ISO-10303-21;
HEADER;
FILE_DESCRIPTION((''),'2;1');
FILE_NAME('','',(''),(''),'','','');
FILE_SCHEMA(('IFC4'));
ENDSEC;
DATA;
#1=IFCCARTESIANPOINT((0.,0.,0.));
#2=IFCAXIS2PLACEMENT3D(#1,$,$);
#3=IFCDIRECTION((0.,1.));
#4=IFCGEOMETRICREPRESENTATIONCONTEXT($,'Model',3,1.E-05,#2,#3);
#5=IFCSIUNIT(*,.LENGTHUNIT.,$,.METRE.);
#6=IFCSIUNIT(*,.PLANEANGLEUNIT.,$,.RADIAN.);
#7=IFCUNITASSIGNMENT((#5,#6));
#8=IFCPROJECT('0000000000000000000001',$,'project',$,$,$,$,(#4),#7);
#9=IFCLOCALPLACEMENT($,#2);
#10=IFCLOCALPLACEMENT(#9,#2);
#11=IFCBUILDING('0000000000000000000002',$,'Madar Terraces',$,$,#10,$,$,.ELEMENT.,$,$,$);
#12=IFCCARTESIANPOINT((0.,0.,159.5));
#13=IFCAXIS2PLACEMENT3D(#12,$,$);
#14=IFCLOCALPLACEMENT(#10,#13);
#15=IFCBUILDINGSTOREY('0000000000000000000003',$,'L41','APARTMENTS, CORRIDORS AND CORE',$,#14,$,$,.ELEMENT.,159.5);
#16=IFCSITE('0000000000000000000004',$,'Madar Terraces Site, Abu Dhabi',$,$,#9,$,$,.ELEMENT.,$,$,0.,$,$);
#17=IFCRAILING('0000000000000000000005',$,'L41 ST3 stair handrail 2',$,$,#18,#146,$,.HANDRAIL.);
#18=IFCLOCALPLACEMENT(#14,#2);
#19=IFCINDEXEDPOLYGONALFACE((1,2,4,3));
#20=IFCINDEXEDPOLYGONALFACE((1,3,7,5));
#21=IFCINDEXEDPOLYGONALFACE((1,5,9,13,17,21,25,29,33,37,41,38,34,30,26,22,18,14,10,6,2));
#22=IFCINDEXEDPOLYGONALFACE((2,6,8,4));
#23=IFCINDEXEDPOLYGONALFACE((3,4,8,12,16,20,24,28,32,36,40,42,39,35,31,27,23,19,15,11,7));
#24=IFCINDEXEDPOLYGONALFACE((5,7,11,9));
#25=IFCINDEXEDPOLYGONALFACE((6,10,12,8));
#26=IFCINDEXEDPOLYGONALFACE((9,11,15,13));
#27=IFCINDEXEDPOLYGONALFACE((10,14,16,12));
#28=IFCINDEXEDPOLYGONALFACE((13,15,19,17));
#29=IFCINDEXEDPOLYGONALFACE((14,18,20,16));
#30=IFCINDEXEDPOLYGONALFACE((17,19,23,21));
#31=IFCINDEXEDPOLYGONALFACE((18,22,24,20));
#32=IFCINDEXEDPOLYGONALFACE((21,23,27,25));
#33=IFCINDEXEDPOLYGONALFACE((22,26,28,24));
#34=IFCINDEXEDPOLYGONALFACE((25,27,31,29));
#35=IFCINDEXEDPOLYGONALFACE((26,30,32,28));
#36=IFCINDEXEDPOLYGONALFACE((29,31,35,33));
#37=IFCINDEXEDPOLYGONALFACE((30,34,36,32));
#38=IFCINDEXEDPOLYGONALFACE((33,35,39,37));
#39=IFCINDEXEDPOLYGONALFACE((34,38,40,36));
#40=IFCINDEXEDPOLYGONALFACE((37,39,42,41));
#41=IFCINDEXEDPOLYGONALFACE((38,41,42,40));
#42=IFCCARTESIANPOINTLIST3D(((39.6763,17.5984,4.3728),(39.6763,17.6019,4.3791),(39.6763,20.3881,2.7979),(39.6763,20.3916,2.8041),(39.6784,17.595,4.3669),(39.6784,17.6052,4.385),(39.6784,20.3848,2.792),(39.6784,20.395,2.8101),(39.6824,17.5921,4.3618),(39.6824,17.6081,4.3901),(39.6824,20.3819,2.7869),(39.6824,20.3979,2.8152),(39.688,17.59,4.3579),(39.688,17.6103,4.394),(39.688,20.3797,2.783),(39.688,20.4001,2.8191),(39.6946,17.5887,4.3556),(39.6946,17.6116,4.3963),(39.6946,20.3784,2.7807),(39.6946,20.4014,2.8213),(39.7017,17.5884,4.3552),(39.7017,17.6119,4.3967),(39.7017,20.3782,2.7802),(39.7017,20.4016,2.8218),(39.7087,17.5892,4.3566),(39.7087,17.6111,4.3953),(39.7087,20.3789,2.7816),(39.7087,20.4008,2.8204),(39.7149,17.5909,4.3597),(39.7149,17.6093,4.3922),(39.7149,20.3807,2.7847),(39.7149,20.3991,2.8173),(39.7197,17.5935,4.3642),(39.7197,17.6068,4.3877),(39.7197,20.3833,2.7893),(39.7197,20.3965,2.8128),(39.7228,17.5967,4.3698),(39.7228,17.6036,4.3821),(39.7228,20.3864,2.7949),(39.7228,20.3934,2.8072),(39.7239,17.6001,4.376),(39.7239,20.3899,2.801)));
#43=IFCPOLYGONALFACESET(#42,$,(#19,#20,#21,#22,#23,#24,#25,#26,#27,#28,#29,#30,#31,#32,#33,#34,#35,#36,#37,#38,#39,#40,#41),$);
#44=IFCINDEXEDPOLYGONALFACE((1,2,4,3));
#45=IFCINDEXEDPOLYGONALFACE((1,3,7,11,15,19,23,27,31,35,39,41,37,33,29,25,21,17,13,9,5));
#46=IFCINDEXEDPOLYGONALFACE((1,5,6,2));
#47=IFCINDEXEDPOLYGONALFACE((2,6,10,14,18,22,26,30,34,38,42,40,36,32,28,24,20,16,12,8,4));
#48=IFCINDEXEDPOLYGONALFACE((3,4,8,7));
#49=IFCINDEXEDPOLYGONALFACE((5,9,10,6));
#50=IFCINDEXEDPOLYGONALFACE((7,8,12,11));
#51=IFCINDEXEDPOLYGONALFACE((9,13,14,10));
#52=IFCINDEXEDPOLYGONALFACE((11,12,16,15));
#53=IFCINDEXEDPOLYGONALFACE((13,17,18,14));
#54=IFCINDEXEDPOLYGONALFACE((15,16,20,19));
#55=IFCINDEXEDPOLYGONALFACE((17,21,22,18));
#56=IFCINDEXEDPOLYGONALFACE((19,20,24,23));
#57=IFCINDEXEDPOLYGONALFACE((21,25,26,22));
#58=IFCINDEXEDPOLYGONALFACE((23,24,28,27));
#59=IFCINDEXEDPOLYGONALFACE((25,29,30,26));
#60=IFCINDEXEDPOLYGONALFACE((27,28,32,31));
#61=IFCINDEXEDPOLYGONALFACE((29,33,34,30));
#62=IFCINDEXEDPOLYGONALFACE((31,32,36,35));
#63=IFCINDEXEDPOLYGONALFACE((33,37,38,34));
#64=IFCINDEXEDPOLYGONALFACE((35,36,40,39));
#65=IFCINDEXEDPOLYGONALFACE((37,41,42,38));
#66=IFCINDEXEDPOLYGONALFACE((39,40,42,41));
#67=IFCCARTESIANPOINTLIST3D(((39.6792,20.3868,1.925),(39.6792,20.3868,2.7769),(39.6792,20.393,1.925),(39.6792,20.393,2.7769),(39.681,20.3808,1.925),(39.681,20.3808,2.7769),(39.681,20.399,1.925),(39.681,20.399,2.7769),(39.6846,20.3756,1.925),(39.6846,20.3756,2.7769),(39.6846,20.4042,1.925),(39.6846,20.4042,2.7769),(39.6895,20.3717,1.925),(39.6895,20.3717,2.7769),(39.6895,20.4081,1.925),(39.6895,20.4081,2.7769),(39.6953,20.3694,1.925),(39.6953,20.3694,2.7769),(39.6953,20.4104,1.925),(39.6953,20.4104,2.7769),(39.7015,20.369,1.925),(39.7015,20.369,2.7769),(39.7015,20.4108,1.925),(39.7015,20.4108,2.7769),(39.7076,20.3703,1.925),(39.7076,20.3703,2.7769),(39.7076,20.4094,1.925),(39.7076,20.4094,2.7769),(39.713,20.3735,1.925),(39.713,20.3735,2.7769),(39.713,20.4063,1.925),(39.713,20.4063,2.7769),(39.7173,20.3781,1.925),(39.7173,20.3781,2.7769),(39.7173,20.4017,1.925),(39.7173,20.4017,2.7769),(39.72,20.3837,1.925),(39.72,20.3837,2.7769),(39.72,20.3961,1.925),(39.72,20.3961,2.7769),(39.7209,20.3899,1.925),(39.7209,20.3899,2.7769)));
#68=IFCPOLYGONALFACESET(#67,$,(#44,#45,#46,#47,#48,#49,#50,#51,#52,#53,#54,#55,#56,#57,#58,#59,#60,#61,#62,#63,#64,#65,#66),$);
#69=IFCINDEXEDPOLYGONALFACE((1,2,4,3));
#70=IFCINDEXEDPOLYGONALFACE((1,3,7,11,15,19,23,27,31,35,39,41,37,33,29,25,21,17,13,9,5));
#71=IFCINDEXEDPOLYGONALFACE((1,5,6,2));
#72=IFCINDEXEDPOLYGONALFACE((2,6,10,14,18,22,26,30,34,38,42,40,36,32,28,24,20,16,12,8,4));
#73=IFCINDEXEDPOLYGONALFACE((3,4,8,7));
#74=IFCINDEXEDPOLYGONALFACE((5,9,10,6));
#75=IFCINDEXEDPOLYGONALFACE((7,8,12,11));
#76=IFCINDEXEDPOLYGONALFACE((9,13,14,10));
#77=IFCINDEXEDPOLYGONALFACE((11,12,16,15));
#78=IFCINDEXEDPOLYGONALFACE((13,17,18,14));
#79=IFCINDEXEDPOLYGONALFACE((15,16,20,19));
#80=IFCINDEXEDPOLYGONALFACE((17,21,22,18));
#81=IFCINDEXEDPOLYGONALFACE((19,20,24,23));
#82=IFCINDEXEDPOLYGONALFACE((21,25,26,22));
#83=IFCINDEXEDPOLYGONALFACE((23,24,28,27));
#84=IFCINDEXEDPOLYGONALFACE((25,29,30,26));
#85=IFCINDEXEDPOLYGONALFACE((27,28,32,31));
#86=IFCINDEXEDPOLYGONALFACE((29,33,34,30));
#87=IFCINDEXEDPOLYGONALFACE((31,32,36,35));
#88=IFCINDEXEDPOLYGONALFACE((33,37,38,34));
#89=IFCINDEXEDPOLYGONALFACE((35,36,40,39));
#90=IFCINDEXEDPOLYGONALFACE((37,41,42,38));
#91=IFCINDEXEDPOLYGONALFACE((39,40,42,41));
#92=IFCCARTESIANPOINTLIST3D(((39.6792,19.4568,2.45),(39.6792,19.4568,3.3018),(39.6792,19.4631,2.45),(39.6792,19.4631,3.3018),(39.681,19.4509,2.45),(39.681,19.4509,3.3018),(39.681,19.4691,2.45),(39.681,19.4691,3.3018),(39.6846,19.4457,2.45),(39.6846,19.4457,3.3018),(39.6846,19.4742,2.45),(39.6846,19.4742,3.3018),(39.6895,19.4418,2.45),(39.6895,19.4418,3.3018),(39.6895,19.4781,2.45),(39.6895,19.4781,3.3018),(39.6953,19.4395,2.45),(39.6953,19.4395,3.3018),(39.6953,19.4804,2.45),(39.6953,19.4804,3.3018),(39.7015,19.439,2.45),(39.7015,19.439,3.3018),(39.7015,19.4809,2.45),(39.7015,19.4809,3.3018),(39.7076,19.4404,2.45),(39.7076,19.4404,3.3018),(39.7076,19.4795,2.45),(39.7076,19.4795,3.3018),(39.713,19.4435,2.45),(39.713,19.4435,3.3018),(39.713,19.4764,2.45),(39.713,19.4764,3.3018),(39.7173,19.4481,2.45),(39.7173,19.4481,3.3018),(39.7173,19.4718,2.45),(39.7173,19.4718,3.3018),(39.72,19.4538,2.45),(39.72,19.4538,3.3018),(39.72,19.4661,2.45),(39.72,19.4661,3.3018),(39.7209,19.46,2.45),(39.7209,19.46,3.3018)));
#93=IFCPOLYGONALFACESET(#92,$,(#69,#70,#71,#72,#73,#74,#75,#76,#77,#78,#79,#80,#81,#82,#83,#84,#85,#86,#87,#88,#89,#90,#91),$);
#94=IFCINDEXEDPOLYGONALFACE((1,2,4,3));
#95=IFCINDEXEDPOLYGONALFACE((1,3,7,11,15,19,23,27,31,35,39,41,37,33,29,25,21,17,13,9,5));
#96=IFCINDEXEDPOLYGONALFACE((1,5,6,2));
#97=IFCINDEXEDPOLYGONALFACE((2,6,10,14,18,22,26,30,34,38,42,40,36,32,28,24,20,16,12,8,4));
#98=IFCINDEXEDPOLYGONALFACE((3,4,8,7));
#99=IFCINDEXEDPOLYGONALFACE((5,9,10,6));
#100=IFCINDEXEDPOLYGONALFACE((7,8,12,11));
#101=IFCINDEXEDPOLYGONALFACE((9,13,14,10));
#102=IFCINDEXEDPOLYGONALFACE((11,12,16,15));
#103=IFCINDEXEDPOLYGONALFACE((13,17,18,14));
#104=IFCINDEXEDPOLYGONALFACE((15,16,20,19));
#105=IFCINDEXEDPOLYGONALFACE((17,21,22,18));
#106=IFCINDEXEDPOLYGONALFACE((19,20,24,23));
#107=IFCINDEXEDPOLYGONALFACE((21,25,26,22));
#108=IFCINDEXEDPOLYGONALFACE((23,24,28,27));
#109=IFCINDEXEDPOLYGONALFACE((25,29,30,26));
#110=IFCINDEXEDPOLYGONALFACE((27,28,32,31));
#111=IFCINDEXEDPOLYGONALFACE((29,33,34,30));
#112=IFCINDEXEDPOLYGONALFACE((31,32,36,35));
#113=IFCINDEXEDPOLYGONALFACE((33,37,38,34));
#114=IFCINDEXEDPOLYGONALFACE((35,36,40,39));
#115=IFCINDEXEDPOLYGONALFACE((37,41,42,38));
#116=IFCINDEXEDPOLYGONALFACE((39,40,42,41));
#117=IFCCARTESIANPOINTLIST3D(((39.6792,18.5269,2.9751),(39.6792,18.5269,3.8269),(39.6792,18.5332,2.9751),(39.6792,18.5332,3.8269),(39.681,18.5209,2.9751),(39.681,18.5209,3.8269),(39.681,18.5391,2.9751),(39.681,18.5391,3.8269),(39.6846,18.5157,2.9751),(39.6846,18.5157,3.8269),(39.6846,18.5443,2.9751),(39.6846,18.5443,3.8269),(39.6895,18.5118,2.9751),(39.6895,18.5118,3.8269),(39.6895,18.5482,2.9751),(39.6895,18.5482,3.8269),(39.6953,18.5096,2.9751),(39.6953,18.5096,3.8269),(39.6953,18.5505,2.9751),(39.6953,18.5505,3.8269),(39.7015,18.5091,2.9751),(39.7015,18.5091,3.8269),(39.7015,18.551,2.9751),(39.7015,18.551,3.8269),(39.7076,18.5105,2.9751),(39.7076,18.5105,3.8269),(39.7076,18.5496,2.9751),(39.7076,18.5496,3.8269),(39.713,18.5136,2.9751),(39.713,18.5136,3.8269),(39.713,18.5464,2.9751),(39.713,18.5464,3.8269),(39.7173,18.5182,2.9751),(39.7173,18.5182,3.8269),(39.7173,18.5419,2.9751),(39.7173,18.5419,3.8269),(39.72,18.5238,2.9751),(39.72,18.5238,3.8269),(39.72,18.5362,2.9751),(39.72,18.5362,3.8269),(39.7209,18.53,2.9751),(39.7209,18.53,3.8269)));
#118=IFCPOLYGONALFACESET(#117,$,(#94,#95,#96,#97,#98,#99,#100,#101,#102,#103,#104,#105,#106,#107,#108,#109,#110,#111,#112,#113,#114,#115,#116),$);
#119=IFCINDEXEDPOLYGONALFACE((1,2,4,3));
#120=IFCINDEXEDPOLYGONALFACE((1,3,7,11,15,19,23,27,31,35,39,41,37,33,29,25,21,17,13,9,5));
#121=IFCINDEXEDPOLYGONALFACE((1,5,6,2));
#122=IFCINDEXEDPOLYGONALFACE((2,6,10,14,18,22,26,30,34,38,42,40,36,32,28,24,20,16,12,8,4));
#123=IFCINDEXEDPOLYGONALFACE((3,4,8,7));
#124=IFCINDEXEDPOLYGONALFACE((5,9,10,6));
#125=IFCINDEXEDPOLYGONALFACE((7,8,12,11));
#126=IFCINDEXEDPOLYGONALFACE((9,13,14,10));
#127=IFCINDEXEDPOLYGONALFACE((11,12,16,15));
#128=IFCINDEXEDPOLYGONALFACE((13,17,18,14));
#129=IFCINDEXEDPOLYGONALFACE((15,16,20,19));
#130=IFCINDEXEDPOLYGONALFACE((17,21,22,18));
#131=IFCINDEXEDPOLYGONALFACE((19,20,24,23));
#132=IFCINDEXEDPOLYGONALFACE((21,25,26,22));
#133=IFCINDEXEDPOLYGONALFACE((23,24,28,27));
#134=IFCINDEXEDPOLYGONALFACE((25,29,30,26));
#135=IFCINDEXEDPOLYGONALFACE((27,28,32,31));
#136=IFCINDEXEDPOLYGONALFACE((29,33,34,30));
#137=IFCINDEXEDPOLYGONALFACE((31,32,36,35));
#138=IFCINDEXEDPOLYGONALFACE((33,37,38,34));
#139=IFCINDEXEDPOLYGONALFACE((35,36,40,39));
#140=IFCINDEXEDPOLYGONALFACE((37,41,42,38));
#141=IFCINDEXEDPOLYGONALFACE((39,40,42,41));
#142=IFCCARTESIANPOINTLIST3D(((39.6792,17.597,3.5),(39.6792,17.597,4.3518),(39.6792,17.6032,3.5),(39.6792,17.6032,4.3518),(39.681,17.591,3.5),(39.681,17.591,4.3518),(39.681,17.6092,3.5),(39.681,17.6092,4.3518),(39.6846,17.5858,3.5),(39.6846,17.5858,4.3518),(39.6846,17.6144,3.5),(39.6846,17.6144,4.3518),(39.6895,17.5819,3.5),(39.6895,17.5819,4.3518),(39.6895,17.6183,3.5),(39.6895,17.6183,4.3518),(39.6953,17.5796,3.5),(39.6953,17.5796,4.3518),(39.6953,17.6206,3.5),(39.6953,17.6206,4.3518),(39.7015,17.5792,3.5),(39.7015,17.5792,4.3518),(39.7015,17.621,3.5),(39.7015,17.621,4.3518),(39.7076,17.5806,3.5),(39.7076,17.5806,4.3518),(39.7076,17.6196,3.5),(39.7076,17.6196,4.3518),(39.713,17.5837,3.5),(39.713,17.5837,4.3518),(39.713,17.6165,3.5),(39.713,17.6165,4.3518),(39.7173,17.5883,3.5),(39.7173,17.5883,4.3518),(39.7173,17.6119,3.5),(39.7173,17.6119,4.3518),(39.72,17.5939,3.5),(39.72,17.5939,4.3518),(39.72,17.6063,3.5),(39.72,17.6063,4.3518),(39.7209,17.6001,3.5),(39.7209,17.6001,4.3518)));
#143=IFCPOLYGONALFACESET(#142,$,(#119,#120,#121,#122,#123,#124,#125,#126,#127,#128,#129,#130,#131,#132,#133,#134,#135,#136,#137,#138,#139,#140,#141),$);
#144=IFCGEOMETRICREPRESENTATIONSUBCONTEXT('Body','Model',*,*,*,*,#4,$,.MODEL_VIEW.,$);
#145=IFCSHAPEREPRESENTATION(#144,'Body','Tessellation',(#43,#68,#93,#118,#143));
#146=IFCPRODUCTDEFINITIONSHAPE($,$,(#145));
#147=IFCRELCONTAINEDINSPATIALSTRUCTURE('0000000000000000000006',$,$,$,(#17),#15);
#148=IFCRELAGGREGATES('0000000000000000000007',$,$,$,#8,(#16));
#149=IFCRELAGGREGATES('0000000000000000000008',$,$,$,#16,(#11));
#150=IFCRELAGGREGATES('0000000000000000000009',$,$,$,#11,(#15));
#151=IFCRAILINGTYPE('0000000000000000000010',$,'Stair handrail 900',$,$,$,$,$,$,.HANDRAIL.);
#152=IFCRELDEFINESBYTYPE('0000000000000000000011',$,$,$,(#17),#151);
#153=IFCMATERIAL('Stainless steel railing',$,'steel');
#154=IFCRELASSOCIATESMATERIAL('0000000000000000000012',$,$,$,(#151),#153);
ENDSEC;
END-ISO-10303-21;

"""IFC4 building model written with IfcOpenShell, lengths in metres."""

from ifc_helpers import new_model, si_unit, direction, frame, origin, origin_2d, place, context, subcontext, project, spatial, circle, extrude, material, type_object, element, save


model = new_model("IFC4")

# Units and contexts
model_context = context("Model", 3, precision=1e-05, world=origin(), true_north=direction((0.0, 1.0)))
body_context = subcontext(model_context, "Body", "Model", "MODEL_VIEW")
ifc_project = project(units=[si_unit("LENGTHUNIT", "METRE"), si_unit("PLANEANGLEUNIT", "RADIAN")], contexts=[model_context])

# Site, building, storey
site_placement = place(None, origin())
site = spatial("IfcSite", under=ifc_project, at=site_placement, Name="Madar Terraces Site, Abu Dhabi", CompositionType="ELEMENT", RefElevation=0.0)
building_placement = place(site_placement, origin())
building = spatial("IfcBuilding", under=site, at=building_placement, Name="Madar Terraces", CompositionType="ELEMENT")
storey_placement = place(building_placement, frame((0.0, 0.0, 159.5)))
storey = spatial("IfcBuildingStorey", under=building, at=storey_placement, Name="L41", Description="APARTMENTS, CORRIDORS AND CORE", CompositionType="ELEMENT", Elevation=159.5)

# Railing
ifc_material_1 = material(Name="Stainless steel railing", Category="steel")
railing_type_1 = type_object("IfcRailingType", Name="Stair handrail 900", PredefinedType="HANDRAIL", material=ifc_material_1)
railing_1_placement = place(storey_placement, frame((39.7, 20.3899, 1.925)))
element("IfcRailing", 1, at=railing_1_placement, inside=storey, type_object=railing_type_1, Name="L41 ST3 stair handrail 2", PredefinedType="HANDRAIL", context=body_context, shape_type="SweptSolid", body=[
    extrude(circle(Radius=0.0239, at=origin_2d()), frame((0.0, 0.0, 0.876), z_axis=(0.0, -0.870815, 0.49161), x_axis=(1.0, 0.0, 0.0)), (0.0, 0.0, 1.0), 3.2036),
    extrude(circle(Radius=0.021, at=origin_2d()), origin(), (0.0, 0.0, 1.0), 0.8518),
    extrude(circle(Radius=0.021, at=origin_2d()), frame((0.0, -0.9299, 0.5249)), (0.0, 0.0, 1.0), 0.8518),
    extrude(circle(Radius=0.021, at=origin_2d()), frame((0.0, -1.8599, 1.05)), (0.0, 0.0, 1.0), 0.8518),
    extrude(circle(Radius=0.021, at=origin_2d()), frame((0.0, -2.7898, 1.575)), (0.0, 0.0, 1.0), 0.8518),
])

save(model, "model.ifc")
